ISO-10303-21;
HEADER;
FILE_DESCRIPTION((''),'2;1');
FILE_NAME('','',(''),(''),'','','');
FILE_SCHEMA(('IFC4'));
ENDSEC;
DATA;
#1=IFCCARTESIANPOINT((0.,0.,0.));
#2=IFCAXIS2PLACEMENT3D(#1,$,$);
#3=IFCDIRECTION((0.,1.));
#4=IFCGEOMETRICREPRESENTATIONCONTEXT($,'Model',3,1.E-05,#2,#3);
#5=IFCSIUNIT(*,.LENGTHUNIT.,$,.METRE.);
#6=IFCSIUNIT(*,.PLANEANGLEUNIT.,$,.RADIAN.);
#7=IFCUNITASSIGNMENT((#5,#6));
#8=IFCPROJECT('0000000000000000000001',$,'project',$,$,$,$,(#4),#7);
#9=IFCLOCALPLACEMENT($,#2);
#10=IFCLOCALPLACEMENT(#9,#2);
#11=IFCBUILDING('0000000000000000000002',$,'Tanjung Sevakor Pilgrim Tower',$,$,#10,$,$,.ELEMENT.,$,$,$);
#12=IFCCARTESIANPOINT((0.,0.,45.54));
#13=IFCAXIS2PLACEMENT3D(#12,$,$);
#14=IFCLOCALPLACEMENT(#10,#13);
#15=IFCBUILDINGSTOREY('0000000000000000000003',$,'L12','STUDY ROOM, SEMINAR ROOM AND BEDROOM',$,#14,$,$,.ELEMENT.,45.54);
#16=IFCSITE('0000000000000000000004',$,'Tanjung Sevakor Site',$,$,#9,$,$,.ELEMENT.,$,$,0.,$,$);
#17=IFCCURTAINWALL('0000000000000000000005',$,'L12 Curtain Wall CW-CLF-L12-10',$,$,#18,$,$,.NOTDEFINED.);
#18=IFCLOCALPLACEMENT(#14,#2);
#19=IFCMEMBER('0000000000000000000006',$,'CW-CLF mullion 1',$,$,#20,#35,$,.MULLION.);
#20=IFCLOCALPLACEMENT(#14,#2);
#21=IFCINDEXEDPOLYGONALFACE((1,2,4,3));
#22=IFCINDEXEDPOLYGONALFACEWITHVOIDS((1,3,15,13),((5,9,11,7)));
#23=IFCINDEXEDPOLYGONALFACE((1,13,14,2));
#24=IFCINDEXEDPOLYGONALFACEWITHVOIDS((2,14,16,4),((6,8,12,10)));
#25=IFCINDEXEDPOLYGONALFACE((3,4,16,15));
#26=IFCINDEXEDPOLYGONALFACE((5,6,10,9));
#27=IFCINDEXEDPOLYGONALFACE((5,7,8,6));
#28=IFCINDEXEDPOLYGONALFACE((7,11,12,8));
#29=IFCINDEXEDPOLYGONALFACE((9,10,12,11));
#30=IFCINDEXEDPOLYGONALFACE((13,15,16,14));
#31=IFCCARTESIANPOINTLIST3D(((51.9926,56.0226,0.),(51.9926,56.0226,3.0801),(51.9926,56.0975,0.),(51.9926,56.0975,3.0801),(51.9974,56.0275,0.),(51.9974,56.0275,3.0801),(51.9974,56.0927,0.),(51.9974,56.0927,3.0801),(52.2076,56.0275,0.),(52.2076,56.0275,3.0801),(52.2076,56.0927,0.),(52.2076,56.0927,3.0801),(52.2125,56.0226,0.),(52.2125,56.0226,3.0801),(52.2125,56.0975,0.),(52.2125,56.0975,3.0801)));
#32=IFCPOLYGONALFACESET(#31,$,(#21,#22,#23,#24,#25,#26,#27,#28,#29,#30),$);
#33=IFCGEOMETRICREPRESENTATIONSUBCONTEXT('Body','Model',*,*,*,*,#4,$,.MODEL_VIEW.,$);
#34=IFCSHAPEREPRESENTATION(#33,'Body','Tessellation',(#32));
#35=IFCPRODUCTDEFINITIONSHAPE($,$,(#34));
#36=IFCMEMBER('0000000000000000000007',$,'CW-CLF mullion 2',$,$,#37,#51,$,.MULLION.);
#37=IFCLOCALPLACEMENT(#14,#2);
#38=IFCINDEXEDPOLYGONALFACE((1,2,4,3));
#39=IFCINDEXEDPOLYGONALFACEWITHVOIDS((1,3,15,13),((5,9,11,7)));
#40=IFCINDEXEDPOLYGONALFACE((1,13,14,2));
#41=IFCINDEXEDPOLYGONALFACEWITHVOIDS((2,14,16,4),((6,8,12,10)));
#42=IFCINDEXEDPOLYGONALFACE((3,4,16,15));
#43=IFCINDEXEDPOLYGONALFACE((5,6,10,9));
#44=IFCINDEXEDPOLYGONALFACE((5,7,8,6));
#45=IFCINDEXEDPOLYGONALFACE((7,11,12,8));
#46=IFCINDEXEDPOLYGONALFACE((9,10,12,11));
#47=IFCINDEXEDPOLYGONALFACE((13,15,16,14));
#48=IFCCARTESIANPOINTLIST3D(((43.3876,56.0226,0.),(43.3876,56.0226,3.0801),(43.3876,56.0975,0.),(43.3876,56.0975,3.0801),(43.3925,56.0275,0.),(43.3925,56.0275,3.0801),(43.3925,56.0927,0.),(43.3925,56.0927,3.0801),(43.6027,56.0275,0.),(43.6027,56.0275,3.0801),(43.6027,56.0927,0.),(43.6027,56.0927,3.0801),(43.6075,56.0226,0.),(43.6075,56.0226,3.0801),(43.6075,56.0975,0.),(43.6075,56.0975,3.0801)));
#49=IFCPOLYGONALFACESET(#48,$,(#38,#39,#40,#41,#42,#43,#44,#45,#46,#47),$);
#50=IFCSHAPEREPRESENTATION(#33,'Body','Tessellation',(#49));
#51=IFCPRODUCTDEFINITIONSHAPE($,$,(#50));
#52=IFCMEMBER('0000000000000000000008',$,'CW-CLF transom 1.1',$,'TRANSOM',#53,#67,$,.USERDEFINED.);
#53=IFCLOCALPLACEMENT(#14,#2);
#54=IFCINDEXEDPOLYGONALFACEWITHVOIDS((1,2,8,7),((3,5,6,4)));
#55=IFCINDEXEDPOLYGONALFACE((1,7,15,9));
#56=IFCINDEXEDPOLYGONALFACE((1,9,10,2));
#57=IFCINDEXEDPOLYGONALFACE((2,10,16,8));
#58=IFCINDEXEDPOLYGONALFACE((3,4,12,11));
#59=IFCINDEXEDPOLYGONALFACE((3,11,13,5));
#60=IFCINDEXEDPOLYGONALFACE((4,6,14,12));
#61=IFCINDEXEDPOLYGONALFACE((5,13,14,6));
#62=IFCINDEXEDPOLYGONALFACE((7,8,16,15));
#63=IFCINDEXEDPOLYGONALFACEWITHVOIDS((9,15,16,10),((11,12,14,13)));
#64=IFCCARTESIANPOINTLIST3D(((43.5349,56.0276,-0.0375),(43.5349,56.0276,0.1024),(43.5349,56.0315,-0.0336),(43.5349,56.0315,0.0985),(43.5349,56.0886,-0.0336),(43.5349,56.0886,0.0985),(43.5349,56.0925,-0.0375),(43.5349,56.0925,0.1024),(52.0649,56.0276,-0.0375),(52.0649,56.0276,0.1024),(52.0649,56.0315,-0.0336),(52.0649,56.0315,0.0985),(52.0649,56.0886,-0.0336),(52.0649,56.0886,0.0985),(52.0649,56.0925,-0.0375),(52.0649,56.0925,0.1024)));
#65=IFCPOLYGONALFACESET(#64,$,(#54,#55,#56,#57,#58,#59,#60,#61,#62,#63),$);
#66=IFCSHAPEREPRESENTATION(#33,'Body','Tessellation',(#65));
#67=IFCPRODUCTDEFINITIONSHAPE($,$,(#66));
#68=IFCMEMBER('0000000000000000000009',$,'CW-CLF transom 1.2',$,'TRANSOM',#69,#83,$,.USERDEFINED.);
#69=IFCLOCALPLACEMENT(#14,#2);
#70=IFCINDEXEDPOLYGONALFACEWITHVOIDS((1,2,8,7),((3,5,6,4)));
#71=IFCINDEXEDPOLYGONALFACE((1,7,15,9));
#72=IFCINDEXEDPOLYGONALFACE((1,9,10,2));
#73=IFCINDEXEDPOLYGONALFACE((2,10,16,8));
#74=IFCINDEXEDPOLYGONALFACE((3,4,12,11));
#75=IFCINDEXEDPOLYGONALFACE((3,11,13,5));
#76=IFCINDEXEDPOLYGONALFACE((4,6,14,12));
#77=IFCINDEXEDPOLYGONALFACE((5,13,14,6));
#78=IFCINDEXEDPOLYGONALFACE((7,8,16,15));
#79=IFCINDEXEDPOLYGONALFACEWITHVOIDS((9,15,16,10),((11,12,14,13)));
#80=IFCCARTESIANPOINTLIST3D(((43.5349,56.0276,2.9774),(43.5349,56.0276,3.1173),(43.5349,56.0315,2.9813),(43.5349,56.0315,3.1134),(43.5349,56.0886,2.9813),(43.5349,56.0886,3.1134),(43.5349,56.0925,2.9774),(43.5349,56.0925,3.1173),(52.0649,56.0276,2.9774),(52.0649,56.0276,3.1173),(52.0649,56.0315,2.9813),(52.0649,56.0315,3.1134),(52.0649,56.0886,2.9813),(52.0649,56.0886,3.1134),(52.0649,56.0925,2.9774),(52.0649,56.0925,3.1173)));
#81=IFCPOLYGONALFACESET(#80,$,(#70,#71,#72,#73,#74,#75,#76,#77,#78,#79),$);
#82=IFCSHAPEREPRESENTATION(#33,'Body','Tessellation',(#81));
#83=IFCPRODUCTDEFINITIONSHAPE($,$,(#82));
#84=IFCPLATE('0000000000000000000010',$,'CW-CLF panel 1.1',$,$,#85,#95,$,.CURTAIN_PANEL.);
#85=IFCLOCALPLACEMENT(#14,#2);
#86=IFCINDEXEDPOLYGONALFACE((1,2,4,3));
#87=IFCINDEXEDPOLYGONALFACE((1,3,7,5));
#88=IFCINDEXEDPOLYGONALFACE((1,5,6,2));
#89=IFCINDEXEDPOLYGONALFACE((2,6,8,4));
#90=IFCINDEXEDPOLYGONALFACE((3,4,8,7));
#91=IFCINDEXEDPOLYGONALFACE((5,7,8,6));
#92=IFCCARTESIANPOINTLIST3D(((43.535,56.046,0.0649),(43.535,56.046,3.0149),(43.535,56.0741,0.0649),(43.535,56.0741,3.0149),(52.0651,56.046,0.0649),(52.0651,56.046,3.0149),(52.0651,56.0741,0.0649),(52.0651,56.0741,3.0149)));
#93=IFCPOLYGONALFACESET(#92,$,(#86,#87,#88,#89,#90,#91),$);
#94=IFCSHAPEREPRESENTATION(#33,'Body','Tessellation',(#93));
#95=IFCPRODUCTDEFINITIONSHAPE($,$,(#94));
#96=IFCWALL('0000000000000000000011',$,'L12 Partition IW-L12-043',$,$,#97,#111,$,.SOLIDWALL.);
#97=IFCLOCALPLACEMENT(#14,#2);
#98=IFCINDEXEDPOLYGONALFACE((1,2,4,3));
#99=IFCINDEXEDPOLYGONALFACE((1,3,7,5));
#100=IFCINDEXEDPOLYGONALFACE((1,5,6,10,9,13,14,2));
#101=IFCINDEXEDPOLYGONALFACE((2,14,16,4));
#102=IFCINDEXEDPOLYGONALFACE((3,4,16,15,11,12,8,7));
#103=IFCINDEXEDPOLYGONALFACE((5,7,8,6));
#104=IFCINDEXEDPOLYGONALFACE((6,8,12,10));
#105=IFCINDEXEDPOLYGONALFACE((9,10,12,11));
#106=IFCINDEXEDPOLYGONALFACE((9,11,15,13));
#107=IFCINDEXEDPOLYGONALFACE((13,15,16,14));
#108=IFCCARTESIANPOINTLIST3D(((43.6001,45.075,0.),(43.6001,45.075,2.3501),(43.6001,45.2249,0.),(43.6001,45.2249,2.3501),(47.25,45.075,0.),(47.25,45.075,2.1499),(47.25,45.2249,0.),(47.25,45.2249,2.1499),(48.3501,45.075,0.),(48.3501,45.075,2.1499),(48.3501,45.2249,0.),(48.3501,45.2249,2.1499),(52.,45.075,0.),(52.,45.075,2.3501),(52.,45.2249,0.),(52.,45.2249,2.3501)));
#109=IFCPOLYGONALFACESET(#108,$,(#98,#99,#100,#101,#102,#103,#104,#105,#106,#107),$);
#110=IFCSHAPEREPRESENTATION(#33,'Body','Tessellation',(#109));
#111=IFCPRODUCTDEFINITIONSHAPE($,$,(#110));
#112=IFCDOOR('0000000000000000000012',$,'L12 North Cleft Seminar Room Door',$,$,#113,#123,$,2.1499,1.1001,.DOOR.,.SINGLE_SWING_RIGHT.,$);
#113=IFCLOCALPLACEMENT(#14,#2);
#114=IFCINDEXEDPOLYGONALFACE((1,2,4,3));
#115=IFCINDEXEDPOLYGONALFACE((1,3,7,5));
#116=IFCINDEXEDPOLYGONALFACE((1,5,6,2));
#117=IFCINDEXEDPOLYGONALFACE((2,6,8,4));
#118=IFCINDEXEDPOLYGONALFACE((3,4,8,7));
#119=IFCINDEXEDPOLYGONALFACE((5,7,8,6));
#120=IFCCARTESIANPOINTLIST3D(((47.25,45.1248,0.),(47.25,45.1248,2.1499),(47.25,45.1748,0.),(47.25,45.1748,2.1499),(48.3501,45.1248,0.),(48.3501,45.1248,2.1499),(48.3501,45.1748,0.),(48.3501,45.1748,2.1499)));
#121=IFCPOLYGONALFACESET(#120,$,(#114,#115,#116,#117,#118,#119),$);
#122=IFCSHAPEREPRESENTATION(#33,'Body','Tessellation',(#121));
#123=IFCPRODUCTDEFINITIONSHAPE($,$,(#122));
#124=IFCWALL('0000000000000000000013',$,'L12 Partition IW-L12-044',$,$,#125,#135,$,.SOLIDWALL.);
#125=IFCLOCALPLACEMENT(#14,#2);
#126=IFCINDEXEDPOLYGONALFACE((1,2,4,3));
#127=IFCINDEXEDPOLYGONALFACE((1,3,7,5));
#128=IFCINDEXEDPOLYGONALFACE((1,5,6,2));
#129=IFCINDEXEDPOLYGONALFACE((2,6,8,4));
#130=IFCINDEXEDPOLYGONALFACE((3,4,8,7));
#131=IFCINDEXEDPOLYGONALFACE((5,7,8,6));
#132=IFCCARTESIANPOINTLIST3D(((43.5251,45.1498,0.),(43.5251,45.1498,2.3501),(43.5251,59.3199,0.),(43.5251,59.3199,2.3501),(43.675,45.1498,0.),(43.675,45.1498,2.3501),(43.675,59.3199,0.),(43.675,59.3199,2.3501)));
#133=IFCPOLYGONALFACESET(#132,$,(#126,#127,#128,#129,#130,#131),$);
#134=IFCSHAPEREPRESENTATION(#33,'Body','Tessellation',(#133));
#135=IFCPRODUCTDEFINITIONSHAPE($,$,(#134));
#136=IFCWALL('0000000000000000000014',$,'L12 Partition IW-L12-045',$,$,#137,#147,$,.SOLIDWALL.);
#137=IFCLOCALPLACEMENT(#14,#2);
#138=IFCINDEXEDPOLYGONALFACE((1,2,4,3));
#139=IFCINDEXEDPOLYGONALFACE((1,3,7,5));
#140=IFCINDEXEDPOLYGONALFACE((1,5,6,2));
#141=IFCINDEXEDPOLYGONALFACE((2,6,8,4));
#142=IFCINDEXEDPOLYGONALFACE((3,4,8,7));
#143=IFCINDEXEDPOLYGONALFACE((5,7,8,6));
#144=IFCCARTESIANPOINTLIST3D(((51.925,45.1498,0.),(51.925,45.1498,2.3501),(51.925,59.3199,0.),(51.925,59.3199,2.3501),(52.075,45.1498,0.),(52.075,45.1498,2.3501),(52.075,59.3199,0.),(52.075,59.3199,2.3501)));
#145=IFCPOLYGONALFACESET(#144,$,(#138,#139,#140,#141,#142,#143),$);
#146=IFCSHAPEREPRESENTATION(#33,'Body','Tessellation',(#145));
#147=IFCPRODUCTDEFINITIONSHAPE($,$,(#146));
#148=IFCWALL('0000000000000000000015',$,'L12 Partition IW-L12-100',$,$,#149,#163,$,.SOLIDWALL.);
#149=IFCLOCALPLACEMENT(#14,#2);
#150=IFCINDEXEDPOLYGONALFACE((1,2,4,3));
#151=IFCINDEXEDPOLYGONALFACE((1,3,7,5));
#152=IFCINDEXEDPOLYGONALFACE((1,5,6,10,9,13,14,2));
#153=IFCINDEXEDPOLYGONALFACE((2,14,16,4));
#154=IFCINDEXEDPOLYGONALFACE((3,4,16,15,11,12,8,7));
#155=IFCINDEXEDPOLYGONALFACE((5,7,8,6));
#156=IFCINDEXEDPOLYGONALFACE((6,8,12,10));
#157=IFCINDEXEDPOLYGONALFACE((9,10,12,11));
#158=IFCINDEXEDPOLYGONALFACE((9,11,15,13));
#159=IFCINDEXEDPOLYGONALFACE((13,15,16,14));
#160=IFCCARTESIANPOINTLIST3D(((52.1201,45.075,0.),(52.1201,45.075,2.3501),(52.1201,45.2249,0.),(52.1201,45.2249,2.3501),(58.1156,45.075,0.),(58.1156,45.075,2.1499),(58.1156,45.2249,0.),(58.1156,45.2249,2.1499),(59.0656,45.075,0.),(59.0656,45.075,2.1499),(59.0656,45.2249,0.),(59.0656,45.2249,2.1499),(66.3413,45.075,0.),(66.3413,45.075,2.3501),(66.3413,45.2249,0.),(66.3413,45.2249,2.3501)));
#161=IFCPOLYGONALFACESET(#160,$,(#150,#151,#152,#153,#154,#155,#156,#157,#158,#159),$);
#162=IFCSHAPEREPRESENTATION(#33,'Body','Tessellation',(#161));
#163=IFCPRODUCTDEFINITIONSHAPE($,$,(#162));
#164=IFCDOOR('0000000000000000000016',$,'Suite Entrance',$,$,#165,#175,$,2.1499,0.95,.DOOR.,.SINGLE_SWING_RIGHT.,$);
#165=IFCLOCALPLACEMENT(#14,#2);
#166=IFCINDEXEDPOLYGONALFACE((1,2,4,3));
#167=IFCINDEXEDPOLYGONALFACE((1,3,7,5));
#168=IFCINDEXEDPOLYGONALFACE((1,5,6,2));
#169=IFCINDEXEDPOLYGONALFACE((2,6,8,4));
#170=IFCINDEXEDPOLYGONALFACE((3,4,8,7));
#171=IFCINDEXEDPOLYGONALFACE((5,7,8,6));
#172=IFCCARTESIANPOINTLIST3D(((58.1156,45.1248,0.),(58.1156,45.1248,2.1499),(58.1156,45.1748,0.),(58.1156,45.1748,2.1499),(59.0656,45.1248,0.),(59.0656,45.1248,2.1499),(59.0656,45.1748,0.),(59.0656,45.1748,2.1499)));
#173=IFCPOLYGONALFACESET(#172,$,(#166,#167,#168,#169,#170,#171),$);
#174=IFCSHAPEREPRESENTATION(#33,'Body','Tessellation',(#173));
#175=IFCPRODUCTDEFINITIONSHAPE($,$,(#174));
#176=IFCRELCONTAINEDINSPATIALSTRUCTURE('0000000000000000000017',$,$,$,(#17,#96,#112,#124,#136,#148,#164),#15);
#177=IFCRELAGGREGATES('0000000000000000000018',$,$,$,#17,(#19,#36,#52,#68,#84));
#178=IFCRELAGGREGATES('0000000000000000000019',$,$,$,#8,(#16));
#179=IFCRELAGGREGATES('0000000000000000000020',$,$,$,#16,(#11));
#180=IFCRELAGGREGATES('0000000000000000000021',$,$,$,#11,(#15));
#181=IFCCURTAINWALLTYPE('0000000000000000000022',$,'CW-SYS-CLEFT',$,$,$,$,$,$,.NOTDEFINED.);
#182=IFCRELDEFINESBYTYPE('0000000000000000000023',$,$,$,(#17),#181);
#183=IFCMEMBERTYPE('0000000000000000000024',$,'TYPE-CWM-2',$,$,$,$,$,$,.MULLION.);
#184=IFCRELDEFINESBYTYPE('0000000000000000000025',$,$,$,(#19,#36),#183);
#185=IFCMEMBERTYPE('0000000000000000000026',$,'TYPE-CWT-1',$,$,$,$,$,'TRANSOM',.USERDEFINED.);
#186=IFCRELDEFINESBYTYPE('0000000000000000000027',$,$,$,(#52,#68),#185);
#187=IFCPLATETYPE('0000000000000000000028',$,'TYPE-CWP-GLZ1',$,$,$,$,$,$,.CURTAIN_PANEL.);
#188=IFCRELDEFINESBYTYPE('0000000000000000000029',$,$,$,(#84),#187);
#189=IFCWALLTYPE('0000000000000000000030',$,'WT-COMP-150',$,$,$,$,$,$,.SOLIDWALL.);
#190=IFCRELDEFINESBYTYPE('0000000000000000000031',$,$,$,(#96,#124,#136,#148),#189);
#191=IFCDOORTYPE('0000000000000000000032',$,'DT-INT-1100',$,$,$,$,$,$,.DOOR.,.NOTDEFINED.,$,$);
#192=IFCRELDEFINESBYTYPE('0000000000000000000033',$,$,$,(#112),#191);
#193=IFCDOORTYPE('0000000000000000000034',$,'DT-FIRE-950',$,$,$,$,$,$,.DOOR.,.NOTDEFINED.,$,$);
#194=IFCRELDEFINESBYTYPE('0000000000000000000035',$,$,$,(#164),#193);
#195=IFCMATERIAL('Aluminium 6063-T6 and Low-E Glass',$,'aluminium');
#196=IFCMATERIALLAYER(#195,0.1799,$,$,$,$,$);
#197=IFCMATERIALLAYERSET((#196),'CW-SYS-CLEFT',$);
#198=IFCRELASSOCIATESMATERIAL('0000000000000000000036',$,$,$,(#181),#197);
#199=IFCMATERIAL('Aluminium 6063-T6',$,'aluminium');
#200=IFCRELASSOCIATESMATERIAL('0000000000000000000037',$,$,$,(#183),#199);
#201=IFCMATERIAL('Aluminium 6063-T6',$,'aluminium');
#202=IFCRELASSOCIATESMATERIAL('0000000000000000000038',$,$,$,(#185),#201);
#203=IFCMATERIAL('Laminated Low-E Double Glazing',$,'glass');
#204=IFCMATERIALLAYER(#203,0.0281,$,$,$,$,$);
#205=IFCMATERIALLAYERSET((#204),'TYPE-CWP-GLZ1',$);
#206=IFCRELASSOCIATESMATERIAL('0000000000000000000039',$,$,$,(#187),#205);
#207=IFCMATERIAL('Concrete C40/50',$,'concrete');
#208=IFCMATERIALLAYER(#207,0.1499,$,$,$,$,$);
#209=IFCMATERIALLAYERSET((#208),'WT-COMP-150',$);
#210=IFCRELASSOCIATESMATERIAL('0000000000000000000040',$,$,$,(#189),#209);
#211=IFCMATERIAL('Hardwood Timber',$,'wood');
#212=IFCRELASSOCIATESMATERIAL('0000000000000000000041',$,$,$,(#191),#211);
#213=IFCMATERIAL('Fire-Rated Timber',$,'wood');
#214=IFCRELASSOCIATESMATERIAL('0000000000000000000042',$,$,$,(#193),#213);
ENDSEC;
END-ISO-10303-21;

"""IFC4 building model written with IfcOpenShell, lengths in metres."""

from ifc_helpers import new_model, si_unit, direction, frame, frame_2d, origin, origin_2d, place, context, subcontext, project, spatial, rectangle, hollow_rectangle, extrude, material, layer, layer_set, material_profile, profile_set, type_object, element, fill, aggregate, save


model = new_model("IFC4")

# Units and contexts
model_context = context("Model", 3, precision=1e-05, world=origin(), true_north=direction((0.0, 1.0)))
body_context = subcontext(model_context, "Body", "Model", "MODEL_VIEW")
ifc_project = project(units=[si_unit("LENGTHUNIT", "METRE"), si_unit("PLANEANGLEUNIT", "RADIAN")], contexts=[model_context])

# Site, building, storey
site_placement = place(None, origin())
site = spatial("IfcSite", under=ifc_project, at=site_placement, Name="Tanjung Sevakor Site", CompositionType="ELEMENT", RefElevation=0.0)
building_placement = place(site_placement, origin())
building = spatial("IfcBuilding", under=site, at=building_placement, Name="Tanjung Sevakor Pilgrim Tower", CompositionType="ELEMENT")
storey_placement = place(building_placement, frame((0.0, 0.0, 45.54)))
storey = spatial("IfcBuildingStorey", under=building, at=storey_placement, Name="L12", Description="STUDY ROOM, SEMINAR ROOM AND BEDROOM", CompositionType="ELEMENT", Elevation=45.54)

# Curtain wall, members, plate
ifc_material_1 = material(Name="Aluminium 6063-T6 and Low-E Glass", Category="aluminium")
ifc_layer_1 = layer(ifc_material_1, 0.1799)
ifc_layer_set_1 = layer_set([ifc_layer_1], Name="CW-SYS-CLEFT")
curtain_wall_type = type_object("IfcCurtainWallType", Name="CW-SYS-CLEFT", PredefinedType="NOTDEFINED", material=ifc_layer_set_1)
curtain_wall_placement = place(storey_placement, origin())
curtain_wall = element("IfcCurtainWall", 1, at=curtain_wall_placement, inside=storey, type_object=curtain_wall_type, Name="L12 Curtain Wall CW-CLF-L12-10", PredefinedType="NOTDEFINED")
ifc_material_2 = material(Name="Aluminium 6063-T6", Category="aluminium")
ifc_material_profile_1 = material_profile(ifc_material_2, hollow_rectangle(XDim=0.075, YDim=0.22, WallThickness=0.0049, at=origin_2d()))
ifc_profile_set_1 = profile_set([ifc_material_profile_1], Name="Aluminium 6063-T6")
member_type_1 = type_object("IfcMemberType", Name="TYPE-CWM-2", PredefinedType="MULLION", material=ifc_profile_set_1)
member_1_placement = place(storey_placement, frame((52.1025, 56.0601, 0.0), z_axis=(0.0, 0.0, 1.0), x_axis=(0.0, -1.0, 0.0)))
member_1 = element("IfcMember", 2, at=member_1_placement, type_object=member_type_1, Name="CW-CLF mullion 1", PredefinedType="MULLION", context=body_context, shape_type="SweptSolid", body=[
    extrude(hollow_rectangle(XDim=0.075, YDim=0.22, WallThickness=0.0049, at=origin_2d()), origin(), (0.0, 0.0, 1.0), 3.0801),
])
member_2_placement = place(storey_placement, frame((43.4976, 56.0601, 0.0), z_axis=(0.0, 0.0, 1.0), x_axis=(0.0, -1.0, 0.0)))
member_2 = element("IfcMember", 3, at=member_2_placement, type_object=member_type_1, Name="CW-CLF mullion 2", PredefinedType="MULLION", context=body_context, shape_type="SweptSolid", body=[
    extrude(hollow_rectangle(XDim=0.075, YDim=0.22, WallThickness=0.0049, at=origin_2d()), origin(), (0.0, 0.0, 1.0), 3.0801),
])
ifc_material_3 = material(Name="Aluminium 6063-T6", Category="aluminium")
ifc_material_profile_2 = material_profile(ifc_material_3, hollow_rectangle(XDim=0.0649, YDim=0.1399, WallThickness=0.0039, at=origin_2d()))
ifc_profile_set_2 = profile_set([ifc_material_profile_2], Name="Aluminium 6063-T6")
member_type_2 = type_object("IfcMemberType", Name="TYPE-CWT-1", ElementType="TRANSOM", PredefinedType="USERDEFINED", material=ifc_profile_set_2)
member_3_placement = place(storey_placement, frame((52.0649, 56.0601, 0.0325), z_axis=(-1.0, 0.0, 0.0), x_axis=(0.0, -1.0, 0.0)))
member_3 = element("IfcMember", 4, at=member_3_placement, type_object=member_type_2, Name="CW-CLF transom 1.1", ObjectType="TRANSOM", PredefinedType="USERDEFINED", context=body_context, shape_type="SweptSolid", body=[
    extrude(hollow_rectangle(XDim=0.0649, YDim=0.1399, WallThickness=0.0039, at=origin_2d()), origin(), (0.0, 0.0, 1.0), 8.53),
])
member_4_placement = place(storey_placement, frame((52.0649, 56.0601, 3.0474), z_axis=(-1.0, 0.0, 0.0), x_axis=(0.0, -1.0, 0.0)))
member_4 = element("IfcMember", 5, at=member_4_placement, type_object=member_type_2, Name="CW-CLF transom 1.2", ObjectType="TRANSOM", PredefinedType="USERDEFINED", context=body_context, shape_type="SweptSolid", body=[
    extrude(hollow_rectangle(XDim=0.0649, YDim=0.1399, WallThickness=0.0039, at=origin_2d()), origin(), (0.0, 0.0, 1.0), 8.53),
])
ifc_material_4 = material(Name="Laminated Low-E Double Glazing", Category="glass")
ifc_layer_2 = layer(ifc_material_4, 0.0281)
ifc_layer_set_2 = layer_set([ifc_layer_2], Name="TYPE-CWP-GLZ1")
plate_type = type_object("IfcPlateType", Name="TYPE-CWP-GLZ1", PredefinedType="CURTAIN_PANEL", material=ifc_layer_set_2)
plate_placement = place(storey_placement, frame((47.8, 56.0601, 0.0649), z_axis=(0.0, 0.0, 1.0), x_axis=(-1.0, 0.0, 0.0)))
plate = element("IfcPlate", 6, at=plate_placement, type_object=plate_type, Name="CW-CLF panel 1.1", PredefinedType="CURTAIN_PANEL", context=body_context, shape_type="SweptSolid", body=[
    extrude(rectangle(XDim=8.53, YDim=0.0281, at=origin_2d()), origin(), (0.0, 0.0, 1.0), 2.95),
])
aggregate(curtain_wall, [member_1, member_2, member_3, member_4, plate])

# Wall, opening, door
ifc_material_5 = material(Name="Concrete C40/50", Category="concrete")
ifc_layer_3 = layer(ifc_material_5, 0.1499)
ifc_layer_set_3 = layer_set([ifc_layer_3], Name="WT-COMP-150")
wall_type_1 = type_object("IfcWallType", Name="WT-COMP-150", PredefinedType="SOLIDWALL", material=ifc_layer_set_3)
wall_1_placement = place(storey_placement, frame((43.6001, 45.1499, 0.0), z_axis=(0.0, 0.0, 1.0), x_axis=(1.0, 0.0, 0.0)))
wall_1 = element("IfcWall", 7, at=wall_1_placement, inside=storey, type_object=wall_type_1, Name="L12 Partition IW-L12-043", PredefinedType="SOLIDWALL", context=body_context, shape_type="SweptSolid", body=[
    extrude(rectangle(XDim=8.3999, YDim=0.1499, at=frame_2d((4.2, 0.0))), origin(), (0.0, 0.0, 1.0), 2.3501),
])
opening_1_placement = place(wall_1_placement, frame((3.6499, 0.0, 0.0)))
opening_1 = element("IfcOpeningElement", 8, at=opening_1_placement, cuts=wall_1, PredefinedType="OPENING", context=body_context, shape_type="SweptSolid", body=[
    extrude(rectangle(XDim=1.1001, YDim=2.1499, at=frame_2d((0.55, 1.075))), frame((0.0, 0.085, 0.0), z_axis=(0.0, -1.0, 0.0), x_axis=(1.0, 0.0, 0.0)), (0.0, 0.0, 1.0), 0.1699),
])
ifc_material_6 = material(Name="Hardwood Timber", Category="wood")
door_type_1 = type_object("IfcDoorType", Name="DT-INT-1100", OperationType="NOTDEFINED", PredefinedType="DOOR", material=ifc_material_6)
door_1_placement = place(opening_1_placement, origin())
door_1 = element("IfcDoor", 9, at=door_1_placement, inside=storey, type_object=door_type_1, Name="L12 North Cleft Seminar Room Door", OperationType="SINGLE_SWING_RIGHT", OverallHeight=2.1499, OverallWidth=1.1001, PredefinedType="DOOR", context=body_context, shape_type="SweptSolid", body=[
    extrude(rectangle(XDim=1.1001, YDim=2.1499, at=frame_2d((0.55, 1.075))), frame((0.0, 0.0249, 0.0), z_axis=(0.0, -1.0, 0.0), x_axis=(1.0, 0.0, 0.0)), (0.0, 0.0, 1.0), 0.05),
])
fill(opening_1, door_1)

# Walls
for number, where, z_axis, x_axis, name in (
    (10, (43.6001, 45.1499, 0.0), (0.0, 0.0, 1.0), (0.0, 1.0, 0.0), "L12 Partition IW-L12-044"),
    (11, (52.0, 45.1499, 0.0), (0.0, 0.0, 1.0), (0.0, 1.0, 0.0), "L12 Partition IW-L12-045"),
):
    element("IfcWall", number, at=place(storey_placement, frame(where, z_axis=z_axis, x_axis=x_axis)), inside=storey, type_object=wall_type_1, Name=name, PredefinedType="SOLIDWALL", context=body_context, shape_type="SweptSolid", body=[
        extrude(rectangle(XDim=14.1702, YDim=0.1499, at=frame_2d((7.085, 0.0))), origin(), (0.0, 0.0, 1.0), 2.3501),
    ])

# Wall, opening, door
wall_2_placement = place(storey_placement, frame((52.1201, 45.1499, 0.0), z_axis=(0.0, 0.0, 1.0), x_axis=(1.0, 0.0, 0.0)))
wall_2 = element("IfcWall", 12, at=wall_2_placement, inside=storey, type_object=wall_type_1, Name="L12 Partition IW-L12-100", PredefinedType="SOLIDWALL", context=body_context, shape_type="SweptSolid", body=[
    extrude(rectangle(XDim=14.2212, YDim=0.1499, at=frame_2d((7.1106, 0.0))), origin(), (0.0, 0.0, 1.0), 2.3501),
])
opening_2_placement = place(wall_2_placement, frame((5.9954, 0.0, 0.0)))
opening_2 = element("IfcOpeningElement", 13, at=opening_2_placement, cuts=wall_2, PredefinedType="OPENING", context=body_context, shape_type="SweptSolid", body=[
    extrude(rectangle(XDim=0.95, YDim=2.1499, at=frame_2d((0.4751, 1.075))), frame((0.0, 0.085, 0.0), z_axis=(0.0, -1.0, 0.0), x_axis=(1.0, 0.0, 0.0)), (0.0, 0.0, 1.0), 0.1699),
])
ifc_material_7 = material(Name="Fire-Rated Timber", Category="wood")
door_type_2 = type_object("IfcDoorType", Name="DT-FIRE-950", OperationType="NOTDEFINED", PredefinedType="DOOR", material=ifc_material_7)
door_2_placement = place(opening_2_placement, origin())
door_2 = element("IfcDoor", 14, at=door_2_placement, inside=storey, type_object=door_type_2, Name="Suite Entrance", OperationType="SINGLE_SWING_RIGHT", OverallHeight=2.1499, OverallWidth=0.95, PredefinedType="DOOR", context=body_context, shape_type="SweptSolid", body=[
    extrude(rectangle(XDim=0.95, YDim=2.1499, at=frame_2d((0.4751, 1.075))), frame((0.0, 0.0249, 0.0), z_axis=(0.0, -1.0, 0.0), x_axis=(1.0, 0.0, 0.0)), (0.0, 0.0, 1.0), 0.05),
])
fill(opening_2, door_2)

save(model, "model.ifc")
